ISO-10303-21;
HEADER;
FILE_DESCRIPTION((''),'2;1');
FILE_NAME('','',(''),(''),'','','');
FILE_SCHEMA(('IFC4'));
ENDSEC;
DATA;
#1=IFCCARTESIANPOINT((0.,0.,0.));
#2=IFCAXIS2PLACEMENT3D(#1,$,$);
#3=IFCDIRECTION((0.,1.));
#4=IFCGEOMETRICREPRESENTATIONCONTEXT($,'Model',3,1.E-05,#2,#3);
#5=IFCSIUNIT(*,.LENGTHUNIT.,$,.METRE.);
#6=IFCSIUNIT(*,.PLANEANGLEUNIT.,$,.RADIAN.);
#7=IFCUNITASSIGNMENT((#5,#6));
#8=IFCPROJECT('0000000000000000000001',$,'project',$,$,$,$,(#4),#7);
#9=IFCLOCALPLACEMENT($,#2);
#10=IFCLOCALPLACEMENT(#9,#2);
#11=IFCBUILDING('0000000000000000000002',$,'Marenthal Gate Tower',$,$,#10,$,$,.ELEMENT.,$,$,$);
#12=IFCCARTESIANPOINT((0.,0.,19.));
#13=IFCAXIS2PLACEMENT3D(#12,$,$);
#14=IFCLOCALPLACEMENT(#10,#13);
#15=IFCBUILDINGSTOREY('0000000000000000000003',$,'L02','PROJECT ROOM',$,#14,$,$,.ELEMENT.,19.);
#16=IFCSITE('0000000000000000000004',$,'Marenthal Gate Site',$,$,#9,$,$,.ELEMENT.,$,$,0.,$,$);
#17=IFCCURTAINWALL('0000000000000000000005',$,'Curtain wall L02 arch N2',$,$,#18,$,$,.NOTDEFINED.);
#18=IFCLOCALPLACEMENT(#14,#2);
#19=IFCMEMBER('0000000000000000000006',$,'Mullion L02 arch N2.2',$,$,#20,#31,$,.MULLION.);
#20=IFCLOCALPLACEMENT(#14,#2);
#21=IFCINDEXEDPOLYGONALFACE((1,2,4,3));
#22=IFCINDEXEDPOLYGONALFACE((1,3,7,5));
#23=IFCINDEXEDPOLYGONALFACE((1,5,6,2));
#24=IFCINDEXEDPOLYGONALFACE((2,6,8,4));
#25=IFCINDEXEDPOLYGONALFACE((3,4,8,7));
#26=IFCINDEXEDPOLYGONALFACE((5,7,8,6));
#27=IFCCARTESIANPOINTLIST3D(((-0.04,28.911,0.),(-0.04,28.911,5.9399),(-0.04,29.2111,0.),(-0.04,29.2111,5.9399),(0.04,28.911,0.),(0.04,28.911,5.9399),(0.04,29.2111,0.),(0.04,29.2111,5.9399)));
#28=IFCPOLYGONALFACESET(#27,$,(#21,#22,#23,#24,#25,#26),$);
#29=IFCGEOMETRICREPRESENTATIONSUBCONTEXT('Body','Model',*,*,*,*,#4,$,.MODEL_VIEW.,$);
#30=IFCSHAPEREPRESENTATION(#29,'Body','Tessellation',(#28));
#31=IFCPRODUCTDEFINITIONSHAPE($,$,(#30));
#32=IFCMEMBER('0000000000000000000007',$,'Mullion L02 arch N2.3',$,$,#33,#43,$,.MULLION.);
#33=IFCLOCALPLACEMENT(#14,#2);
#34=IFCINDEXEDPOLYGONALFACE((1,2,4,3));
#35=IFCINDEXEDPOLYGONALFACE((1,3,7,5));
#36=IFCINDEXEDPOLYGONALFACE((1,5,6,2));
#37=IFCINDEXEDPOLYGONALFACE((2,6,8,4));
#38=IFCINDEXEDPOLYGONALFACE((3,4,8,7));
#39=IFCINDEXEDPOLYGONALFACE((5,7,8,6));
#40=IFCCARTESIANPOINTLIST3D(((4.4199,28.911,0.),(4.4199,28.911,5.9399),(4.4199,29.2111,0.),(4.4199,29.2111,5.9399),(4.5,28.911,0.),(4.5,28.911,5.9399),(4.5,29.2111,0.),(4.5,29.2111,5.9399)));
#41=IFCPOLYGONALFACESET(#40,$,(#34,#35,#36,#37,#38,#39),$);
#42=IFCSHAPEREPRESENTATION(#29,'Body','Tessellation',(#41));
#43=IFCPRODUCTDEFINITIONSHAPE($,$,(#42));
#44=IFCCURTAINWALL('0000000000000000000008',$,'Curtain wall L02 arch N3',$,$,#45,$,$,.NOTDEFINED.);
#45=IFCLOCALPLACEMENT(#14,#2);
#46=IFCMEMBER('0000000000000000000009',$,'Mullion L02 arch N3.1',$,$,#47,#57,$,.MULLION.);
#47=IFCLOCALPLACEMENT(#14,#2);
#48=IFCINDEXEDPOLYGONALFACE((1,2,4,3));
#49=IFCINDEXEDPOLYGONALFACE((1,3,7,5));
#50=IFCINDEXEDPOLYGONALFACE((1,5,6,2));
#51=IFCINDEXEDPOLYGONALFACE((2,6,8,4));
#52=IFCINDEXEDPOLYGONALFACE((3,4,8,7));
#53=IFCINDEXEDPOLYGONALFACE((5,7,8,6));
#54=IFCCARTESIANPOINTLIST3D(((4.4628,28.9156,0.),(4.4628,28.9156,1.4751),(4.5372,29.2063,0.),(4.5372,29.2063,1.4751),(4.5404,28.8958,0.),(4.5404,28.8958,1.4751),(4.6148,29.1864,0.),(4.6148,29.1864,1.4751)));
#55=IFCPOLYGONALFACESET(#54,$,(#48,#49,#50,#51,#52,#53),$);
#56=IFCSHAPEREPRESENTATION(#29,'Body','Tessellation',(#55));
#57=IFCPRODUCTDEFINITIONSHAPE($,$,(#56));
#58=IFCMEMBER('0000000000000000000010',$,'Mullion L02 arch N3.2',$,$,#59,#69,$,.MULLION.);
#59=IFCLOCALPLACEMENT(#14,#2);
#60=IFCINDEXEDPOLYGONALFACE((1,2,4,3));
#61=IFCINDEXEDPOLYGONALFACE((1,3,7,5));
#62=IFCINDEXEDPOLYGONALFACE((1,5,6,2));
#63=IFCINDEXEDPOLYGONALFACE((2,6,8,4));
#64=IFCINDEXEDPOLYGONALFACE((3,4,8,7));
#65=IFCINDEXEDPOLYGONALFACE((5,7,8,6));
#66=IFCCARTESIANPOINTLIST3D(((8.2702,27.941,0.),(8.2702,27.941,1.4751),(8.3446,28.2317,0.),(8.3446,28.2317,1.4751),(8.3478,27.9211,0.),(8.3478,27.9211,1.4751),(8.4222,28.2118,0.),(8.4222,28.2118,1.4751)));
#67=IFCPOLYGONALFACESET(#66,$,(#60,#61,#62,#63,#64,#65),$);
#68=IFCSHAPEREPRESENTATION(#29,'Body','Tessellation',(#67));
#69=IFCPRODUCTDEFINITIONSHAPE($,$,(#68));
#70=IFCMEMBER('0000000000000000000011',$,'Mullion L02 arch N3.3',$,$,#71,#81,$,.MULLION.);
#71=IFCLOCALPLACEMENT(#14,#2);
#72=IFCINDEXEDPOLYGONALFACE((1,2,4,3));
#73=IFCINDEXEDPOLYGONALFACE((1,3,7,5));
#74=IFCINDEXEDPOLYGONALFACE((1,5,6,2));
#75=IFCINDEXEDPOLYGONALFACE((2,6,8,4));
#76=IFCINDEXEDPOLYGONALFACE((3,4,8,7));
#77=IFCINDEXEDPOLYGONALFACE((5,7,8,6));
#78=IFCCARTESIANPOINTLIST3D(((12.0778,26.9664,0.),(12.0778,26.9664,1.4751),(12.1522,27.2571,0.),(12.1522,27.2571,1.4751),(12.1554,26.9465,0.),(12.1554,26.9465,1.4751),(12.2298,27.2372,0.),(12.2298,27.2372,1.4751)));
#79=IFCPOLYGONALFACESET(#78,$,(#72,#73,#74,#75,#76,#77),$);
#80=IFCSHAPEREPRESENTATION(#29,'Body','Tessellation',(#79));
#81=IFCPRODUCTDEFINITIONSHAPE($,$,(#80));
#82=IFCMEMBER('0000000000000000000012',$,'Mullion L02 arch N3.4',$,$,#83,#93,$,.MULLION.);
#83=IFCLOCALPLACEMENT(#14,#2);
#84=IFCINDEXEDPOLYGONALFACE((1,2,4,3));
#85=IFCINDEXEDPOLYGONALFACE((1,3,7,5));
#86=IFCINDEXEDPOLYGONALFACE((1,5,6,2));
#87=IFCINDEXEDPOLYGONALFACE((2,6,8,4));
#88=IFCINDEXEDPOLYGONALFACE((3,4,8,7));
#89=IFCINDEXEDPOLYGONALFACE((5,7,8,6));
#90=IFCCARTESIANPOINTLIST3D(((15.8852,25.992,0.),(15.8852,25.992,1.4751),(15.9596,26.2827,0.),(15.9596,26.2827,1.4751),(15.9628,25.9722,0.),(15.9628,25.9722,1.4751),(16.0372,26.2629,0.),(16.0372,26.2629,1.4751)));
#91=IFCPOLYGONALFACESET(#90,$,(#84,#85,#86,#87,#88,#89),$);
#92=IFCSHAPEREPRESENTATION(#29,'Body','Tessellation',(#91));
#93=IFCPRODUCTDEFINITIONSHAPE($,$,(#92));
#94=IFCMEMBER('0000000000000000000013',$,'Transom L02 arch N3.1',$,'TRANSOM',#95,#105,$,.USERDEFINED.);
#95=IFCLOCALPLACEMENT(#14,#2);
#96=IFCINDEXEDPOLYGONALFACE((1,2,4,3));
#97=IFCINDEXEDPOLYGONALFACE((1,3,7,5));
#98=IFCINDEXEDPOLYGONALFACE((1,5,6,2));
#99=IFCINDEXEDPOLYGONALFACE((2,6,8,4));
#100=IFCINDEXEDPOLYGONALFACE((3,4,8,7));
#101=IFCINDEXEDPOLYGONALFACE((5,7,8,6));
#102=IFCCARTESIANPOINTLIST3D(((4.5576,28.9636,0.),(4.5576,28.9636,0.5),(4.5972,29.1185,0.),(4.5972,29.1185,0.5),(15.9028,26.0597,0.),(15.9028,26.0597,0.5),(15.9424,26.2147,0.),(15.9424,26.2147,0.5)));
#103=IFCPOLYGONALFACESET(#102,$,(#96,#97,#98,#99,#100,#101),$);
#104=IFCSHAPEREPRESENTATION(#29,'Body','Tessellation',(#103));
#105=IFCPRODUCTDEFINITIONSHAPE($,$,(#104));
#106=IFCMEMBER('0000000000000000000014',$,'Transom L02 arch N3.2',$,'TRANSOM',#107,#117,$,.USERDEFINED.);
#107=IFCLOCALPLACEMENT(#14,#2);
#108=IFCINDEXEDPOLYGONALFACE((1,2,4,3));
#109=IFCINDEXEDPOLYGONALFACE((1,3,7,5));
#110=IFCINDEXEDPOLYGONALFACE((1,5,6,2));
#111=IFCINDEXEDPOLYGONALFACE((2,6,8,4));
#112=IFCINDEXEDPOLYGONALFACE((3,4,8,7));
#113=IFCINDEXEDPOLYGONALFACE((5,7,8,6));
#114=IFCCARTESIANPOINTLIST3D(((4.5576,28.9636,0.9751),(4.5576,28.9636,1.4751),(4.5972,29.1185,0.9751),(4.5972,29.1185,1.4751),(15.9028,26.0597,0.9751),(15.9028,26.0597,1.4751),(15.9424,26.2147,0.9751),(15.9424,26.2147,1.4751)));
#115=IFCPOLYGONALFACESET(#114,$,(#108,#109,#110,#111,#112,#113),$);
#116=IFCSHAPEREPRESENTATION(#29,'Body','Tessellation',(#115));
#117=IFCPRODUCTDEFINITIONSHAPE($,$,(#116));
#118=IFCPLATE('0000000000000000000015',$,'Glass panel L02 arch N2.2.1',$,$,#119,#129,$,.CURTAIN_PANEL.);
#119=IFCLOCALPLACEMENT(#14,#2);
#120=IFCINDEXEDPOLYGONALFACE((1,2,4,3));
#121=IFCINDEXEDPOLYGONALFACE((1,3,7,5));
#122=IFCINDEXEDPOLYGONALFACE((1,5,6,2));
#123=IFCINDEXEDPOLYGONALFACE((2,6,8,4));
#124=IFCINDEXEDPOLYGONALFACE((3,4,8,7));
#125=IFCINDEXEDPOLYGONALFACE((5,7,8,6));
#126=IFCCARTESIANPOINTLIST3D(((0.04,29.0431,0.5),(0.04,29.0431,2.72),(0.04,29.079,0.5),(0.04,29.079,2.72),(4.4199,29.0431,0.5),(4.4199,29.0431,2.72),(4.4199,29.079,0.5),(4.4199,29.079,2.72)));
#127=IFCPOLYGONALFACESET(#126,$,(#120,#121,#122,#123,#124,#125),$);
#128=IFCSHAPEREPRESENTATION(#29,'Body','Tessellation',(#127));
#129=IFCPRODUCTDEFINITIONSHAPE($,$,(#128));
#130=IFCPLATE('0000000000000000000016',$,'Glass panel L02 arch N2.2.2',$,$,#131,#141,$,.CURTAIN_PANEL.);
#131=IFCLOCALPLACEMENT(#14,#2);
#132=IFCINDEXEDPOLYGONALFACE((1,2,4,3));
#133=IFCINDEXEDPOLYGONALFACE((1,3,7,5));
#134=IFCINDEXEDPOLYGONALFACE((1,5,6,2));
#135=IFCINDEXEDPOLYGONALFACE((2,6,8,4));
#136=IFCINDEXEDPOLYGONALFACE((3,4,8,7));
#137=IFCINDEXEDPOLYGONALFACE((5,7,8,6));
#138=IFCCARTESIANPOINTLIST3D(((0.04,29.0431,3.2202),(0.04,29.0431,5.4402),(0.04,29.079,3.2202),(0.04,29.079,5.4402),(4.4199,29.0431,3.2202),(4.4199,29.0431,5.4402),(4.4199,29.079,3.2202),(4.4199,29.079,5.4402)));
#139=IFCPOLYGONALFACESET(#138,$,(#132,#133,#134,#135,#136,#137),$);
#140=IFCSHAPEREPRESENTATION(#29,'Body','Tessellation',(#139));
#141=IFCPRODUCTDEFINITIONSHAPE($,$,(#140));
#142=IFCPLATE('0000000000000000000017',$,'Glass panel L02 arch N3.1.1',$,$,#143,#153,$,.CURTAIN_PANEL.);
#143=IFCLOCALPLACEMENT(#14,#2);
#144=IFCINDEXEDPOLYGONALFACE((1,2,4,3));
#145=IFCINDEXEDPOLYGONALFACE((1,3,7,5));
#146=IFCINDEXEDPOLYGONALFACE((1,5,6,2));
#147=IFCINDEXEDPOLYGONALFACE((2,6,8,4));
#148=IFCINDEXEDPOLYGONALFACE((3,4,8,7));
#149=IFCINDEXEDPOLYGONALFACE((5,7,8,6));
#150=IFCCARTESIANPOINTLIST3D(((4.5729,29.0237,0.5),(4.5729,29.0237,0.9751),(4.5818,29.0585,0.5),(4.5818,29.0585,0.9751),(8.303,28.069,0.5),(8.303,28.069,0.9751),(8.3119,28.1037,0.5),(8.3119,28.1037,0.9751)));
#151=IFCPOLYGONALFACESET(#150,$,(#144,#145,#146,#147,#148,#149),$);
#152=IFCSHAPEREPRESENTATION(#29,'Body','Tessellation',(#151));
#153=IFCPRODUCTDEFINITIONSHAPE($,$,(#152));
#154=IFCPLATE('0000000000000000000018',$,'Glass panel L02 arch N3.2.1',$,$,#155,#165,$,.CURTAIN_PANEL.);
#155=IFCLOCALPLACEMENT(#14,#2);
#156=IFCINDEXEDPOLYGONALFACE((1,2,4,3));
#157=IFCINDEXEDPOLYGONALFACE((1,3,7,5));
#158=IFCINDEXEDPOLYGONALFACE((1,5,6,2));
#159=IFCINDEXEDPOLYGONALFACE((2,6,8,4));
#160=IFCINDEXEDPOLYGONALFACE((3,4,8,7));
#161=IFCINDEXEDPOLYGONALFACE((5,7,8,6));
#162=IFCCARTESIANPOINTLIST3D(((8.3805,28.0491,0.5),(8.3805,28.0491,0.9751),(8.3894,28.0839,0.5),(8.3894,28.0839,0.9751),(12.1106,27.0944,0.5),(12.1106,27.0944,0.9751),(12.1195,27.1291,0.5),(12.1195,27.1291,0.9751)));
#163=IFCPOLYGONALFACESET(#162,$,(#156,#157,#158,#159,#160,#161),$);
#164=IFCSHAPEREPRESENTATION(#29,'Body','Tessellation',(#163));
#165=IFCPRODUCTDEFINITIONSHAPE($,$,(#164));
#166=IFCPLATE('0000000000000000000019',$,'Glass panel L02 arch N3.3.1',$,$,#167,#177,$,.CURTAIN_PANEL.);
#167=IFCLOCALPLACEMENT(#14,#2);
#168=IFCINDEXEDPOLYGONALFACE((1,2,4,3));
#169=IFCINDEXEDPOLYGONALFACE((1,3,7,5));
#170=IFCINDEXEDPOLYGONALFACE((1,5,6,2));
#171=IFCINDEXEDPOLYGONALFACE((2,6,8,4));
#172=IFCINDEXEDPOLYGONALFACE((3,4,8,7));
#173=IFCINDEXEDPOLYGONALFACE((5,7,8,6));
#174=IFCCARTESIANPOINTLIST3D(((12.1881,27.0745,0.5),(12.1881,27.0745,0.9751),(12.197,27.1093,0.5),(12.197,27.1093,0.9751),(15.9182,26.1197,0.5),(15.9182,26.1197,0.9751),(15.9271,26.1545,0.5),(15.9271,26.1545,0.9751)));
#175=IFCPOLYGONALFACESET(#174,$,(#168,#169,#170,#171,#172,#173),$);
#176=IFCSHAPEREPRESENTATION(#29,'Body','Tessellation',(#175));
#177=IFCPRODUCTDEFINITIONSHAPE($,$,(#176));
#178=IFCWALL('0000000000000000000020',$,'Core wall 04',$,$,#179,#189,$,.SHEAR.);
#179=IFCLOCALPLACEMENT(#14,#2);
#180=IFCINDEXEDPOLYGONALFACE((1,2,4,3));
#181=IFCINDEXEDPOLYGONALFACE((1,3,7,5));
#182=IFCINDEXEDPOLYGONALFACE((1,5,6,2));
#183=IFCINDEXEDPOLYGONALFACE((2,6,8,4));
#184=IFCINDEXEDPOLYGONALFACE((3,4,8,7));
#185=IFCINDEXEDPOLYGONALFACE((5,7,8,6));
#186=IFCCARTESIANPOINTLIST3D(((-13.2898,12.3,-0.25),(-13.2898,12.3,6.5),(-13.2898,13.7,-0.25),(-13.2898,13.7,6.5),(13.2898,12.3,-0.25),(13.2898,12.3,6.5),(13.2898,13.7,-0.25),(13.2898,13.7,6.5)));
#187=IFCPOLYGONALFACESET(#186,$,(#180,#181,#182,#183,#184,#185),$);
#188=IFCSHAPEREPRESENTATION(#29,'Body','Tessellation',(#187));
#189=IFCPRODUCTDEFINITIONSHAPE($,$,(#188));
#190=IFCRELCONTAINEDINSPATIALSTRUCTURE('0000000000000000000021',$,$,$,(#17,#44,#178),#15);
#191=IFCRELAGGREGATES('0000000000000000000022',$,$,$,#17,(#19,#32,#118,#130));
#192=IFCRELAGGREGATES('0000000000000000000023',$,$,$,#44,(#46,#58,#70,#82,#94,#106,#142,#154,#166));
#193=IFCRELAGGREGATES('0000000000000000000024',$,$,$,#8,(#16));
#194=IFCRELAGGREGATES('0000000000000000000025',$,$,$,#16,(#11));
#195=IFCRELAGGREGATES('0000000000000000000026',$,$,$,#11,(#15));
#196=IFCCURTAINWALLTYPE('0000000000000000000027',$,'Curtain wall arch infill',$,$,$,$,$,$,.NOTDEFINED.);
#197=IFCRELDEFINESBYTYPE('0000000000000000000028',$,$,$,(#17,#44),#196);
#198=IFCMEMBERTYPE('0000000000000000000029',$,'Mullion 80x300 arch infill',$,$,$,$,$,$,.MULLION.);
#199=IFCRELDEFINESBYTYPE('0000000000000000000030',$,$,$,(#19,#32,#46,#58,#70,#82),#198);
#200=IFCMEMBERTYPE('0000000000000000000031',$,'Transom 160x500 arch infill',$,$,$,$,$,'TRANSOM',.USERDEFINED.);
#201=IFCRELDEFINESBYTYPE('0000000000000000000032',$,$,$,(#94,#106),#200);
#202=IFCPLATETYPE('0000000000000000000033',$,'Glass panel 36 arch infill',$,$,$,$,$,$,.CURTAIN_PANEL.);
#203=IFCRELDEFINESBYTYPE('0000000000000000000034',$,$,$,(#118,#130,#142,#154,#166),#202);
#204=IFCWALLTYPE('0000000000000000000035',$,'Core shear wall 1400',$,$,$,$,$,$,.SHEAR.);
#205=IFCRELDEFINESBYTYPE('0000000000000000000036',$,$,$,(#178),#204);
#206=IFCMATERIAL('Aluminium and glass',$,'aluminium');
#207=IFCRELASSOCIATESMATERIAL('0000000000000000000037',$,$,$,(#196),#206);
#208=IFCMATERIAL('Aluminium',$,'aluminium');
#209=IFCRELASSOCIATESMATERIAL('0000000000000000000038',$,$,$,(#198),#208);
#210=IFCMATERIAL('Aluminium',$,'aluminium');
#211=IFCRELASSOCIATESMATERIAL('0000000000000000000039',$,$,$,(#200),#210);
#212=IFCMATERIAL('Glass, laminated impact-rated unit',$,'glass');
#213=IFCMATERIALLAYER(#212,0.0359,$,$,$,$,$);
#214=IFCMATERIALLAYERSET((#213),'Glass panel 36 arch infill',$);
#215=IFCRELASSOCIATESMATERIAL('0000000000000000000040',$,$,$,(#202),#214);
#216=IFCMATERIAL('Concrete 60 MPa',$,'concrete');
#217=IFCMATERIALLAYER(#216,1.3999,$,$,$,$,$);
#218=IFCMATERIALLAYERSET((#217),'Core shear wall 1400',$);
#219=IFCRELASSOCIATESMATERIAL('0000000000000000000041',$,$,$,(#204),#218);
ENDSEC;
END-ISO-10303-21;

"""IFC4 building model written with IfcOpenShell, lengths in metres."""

from ifc_helpers import new_model, si_unit, direction, frame, frame_2d, origin, origin_2d, place, context, subcontext, project, spatial, rectangle, extrude, material, layer, layer_set, material_profile, profile_set, type_object, element, aggregate, save


model = new_model("IFC4")

# Units and contexts
model_context = context("Model", 3, precision=1e-05, world=origin(), true_north=direction((0.0, 1.0)))
body_context = subcontext(model_context, "Body", "Model", "MODEL_VIEW")
ifc_project = project(units=[si_unit("LENGTHUNIT", "METRE"), si_unit("PLANEANGLEUNIT", "RADIAN")], contexts=[model_context])

# Site, building, storey
site_placement = place(None, origin())
site = spatial("IfcSite", under=ifc_project, at=site_placement, Name="Marenthal Gate Site", CompositionType="ELEMENT", RefElevation=0.0)
building_placement = place(site_placement, origin())
building = spatial("IfcBuilding", under=site, at=building_placement, Name="Marenthal Gate Tower", CompositionType="ELEMENT")
storey_placement = place(building_placement, frame((0.0, 0.0, 19.0)))
storey = spatial("IfcBuildingStorey", under=building, at=storey_placement, Name="L02", Description="PROJECT ROOM", CompositionType="ELEMENT", Elevation=19.0)

# Curtain walls, members
ifc_material_1 = material(Name="Aluminium and glass", Category="aluminium")
curtain_wall_type = type_object("IfcCurtainWallType", Name="Curtain wall arch infill", PredefinedType="NOTDEFINED", material=ifc_material_1)
curtain_wall_1_placement = place(storey_placement, origin())
curtain_wall_1 = element("IfcCurtainWall", 1, at=curtain_wall_1_placement, inside=storey, type_object=curtain_wall_type, Name="Curtain wall L02 arch N2", PredefinedType="NOTDEFINED")
ifc_material_2 = material(Name="Aluminium", Category="aluminium")
ifc_material_profile_1 = material_profile(ifc_material_2, rectangle(XDim=0.3, YDim=0.0801, at=origin_2d()), Name="80x300 aluminium mullion")
ifc_profile_set_1 = profile_set([ifc_material_profile_1], Name="Aluminium")
member_type_1 = type_object("IfcMemberType", Name="Mullion 80x300 arch infill", PredefinedType="MULLION", material=ifc_profile_set_1)
member_1_placement = place(storey_placement, frame((0.0, 29.061, 0.0), z_axis=(0.0, 0.0, 1.0), x_axis=(0.0, 1.0, 0.0)))
member_1 = element("IfcMember", 2, at=member_1_placement, type_object=member_type_1, Name="Mullion L02 arch N2.2", PredefinedType="MULLION", context=body_context, shape_type="SweptSolid", body=[
    extrude(rectangle(XDim=0.3, YDim=0.0801, at=origin_2d()), origin(), (0.0, 0.0, 1.0), 5.9399),
])
member_2_placement = place(storey_placement, frame((4.46, 29.061, 0.0), z_axis=(0.0, 0.0, 1.0), x_axis=(0.0, 1.0, 0.0)))
member_2 = element("IfcMember", 3, at=member_2_placement, type_object=member_type_1, Name="Mullion L02 arch N2.3", PredefinedType="MULLION", context=body_context, shape_type="SweptSolid", body=[
    extrude(rectangle(XDim=0.3, YDim=0.0801, at=origin_2d()), origin(), (0.0, 0.0, 1.0), 5.9399),
])
curtain_wall_2_placement = place(storey_placement, origin())
curtain_wall_2 = element("IfcCurtainWall", 4, at=curtain_wall_2_placement, inside=storey, type_object=curtain_wall_type, Name="Curtain wall L02 arch N3", PredefinedType="NOTDEFINED")
member_3_placement = place(storey_placement, frame((4.5388, 29.051, 0.0), z_axis=(0.0, 0.0, 1.0), x_axis=(0.247965, 0.968769, 0.0)))
member_3 = element("IfcMember", 5, at=member_3_placement, type_object=member_type_1, Name="Mullion L02 arch N3.1", PredefinedType="MULLION", context=body_context, shape_type="SweptSolid", body=[
    extrude(rectangle(XDim=0.3, YDim=0.0801, at=origin_2d()), origin(), (0.0, 0.0, 1.0), 1.4751),
])
member_4_placement = place(storey_placement, frame((8.3462, 28.0764, 0.0), z_axis=(0.0, 0.0, 1.0), x_axis=(0.247965, 0.968769, 0.0)))
member_4 = element("IfcMember", 6, at=member_4_placement, type_object=member_type_1, Name="Mullion L02 arch N3.2", PredefinedType="MULLION", context=body_context, shape_type="SweptSolid", body=[
    extrude(rectangle(XDim=0.3, YDim=0.0801, at=origin_2d()), origin(), (0.0, 0.0, 1.0), 1.4751),
])
member_5_placement = place(storey_placement, frame((12.1538, 27.1018, 0.0), z_axis=(0.0, 0.0, 1.0), x_axis=(0.247965, 0.968769, 0.0)))
member_5 = element("IfcMember", 7, at=member_5_placement, type_object=member_type_1, Name="Mullion L02 arch N3.3", PredefinedType="MULLION", context=body_context, shape_type="SweptSolid", body=[
    extrude(rectangle(XDim=0.3, YDim=0.0801, at=origin_2d()), origin(), (0.0, 0.0, 1.0), 1.4751),
])
member_6_placement = place(storey_placement, frame((15.9612, 26.1274, 0.0), z_axis=(0.0, 0.0, 1.0), x_axis=(0.247965, 0.968769, 0.0)))
member_6 = element("IfcMember", 8, at=member_6_placement, type_object=member_type_1, Name="Mullion L02 arch N3.4", PredefinedType="MULLION", context=body_context, shape_type="SweptSolid", body=[
    extrude(rectangle(XDim=0.3, YDim=0.0801, at=origin_2d()), origin(), (0.0, 0.0, 1.0), 1.4751),
])
ifc_material_3 = material(Name="Aluminium", Category="aluminium")
ifc_material_profile_2 = material_profile(ifc_material_3, rectangle(XDim=0.1599, YDim=0.5, at=origin_2d()), Name="160x500 aluminium transom")
ifc_profile_set_2 = profile_set([ifc_material_profile_2], Name="Aluminium")
member_type_2 = type_object("IfcMemberType", Name="Transom 160x500 arch infill", ElementType="TRANSOM", PredefinedType="USERDEFINED", material=ifc_profile_set_2)
member_7_placement = place(storey_placement, frame((4.5774, 29.041, 0.25), z_axis=(0.968771, -0.247957, 0.0), x_axis=(0.247957, 0.968771, 0.0)))
member_7 = element("IfcMember", 9, at=member_7_placement, type_object=member_type_2, Name="Transom L02 arch N3.1", ObjectType="TRANSOM", PredefinedType="USERDEFINED", context=body_context, shape_type="SweptSolid", body=[
    extrude(rectangle(XDim=0.1599, YDim=0.5, at=origin_2d()), origin(), (0.0, 0.0, 1.0), 11.7109),
])
member_8_placement = place(storey_placement, frame((4.5774, 29.041, 1.2251), z_axis=(0.968771, -0.247957, 0.0), x_axis=(0.247957, 0.968771, 0.0)))
member_8 = element("IfcMember", 10, at=member_8_placement, type_object=member_type_2, Name="Transom L02 arch N3.2", ObjectType="TRANSOM", PredefinedType="USERDEFINED", context=body_context, shape_type="SweptSolid", body=[
    extrude(rectangle(XDim=0.1599, YDim=0.5, at=origin_2d()), origin(), (0.0, 0.0, 1.0), 11.7109),
])

# Plates
ifc_material_4 = material(Name="Glass, laminated impact-rated unit", Category="glass")
ifc_layer_1 = layer(ifc_material_4, 0.0359)
ifc_layer_set_1 = layer_set([ifc_layer_1], Name="Glass panel 36 arch infill")
plate_type = type_object("IfcPlateType", Name="Glass panel 36 arch infill", PredefinedType="CURTAIN_PANEL", material=ifc_layer_set_1)
plate_1_placement = place(storey_placement, frame((2.23, 29.061, 0.5), z_axis=(0.0, 0.0, 1.0), x_axis=(1.0, 0.0, 0.0)))
plate_1 = element("IfcPlate", 11, at=plate_1_placement, type_object=plate_type, Name="Glass panel L02 arch N2.2.1", PredefinedType="CURTAIN_PANEL", context=body_context, shape_type="SweptSolid", body=[
    extrude(rectangle(XDim=4.3799, YDim=0.0359, at=origin_2d()), origin(), (0.0, 0.0, 1.0), 2.22),
])
plate_2_placement = place(storey_placement, frame((2.23, 29.061, 3.2202), z_axis=(0.0, 0.0, 1.0), x_axis=(1.0, 0.0, 0.0)))
plate_2 = element("IfcPlate", 12, at=plate_2_placement, type_object=plate_type, Name="Glass panel L02 arch N2.2.2", PredefinedType="CURTAIN_PANEL", context=body_context, shape_type="SweptSolid", body=[
    extrude(rectangle(XDim=4.3799, YDim=0.0359, at=origin_2d()), origin(), (0.0, 0.0, 1.0), 2.22),
])
aggregate(curtain_wall_1, [member_1, member_2, plate_1, plate_2])
plate_3_placement = place(storey_placement, frame((6.4424, 28.5637, 0.5), z_axis=(0.0, 0.0, 1.0), x_axis=(0.968769, -0.247965, 0.0)))
plate_3 = element("IfcPlate", 13, at=plate_3_placement, type_object=plate_type, Name="Glass panel L02 arch N3.1.1", PredefinedType="CURTAIN_PANEL", context=body_context, shape_type="SweptSolid", body=[
    extrude(rectangle(XDim=3.8503, YDim=0.0359, at=origin_2d()), origin(), (0.0, 0.0, 1.0), 0.4751),
])
plate_4_placement = place(storey_placement, frame((10.25, 27.5891, 0.5), z_axis=(0.0, 0.0, 1.0), x_axis=(0.968769, -0.247965, 0.0)))
plate_4 = element("IfcPlate", 14, at=plate_4_placement, type_object=plate_type, Name="Glass panel L02 arch N3.2.1", PredefinedType="CURTAIN_PANEL", context=body_context, shape_type="SweptSolid", body=[
    extrude(rectangle(XDim=3.8503, YDim=0.0359, at=origin_2d()), origin(), (0.0, 0.0, 1.0), 0.4751),
])
plate_5_placement = place(storey_placement, frame((14.0576, 26.6145, 0.5), z_axis=(0.0, 0.0, 1.0), x_axis=(0.968769, -0.247965, 0.0)))
plate_5 = element("IfcPlate", 15, at=plate_5_placement, type_object=plate_type, Name="Glass panel L02 arch N3.3.1", PredefinedType="CURTAIN_PANEL", context=body_context, shape_type="SweptSolid", body=[
    extrude(rectangle(XDim=3.8503, YDim=0.0359, at=origin_2d()), origin(), (0.0, 0.0, 1.0), 0.4751),
])
aggregate(curtain_wall_2, [member_3, member_4, member_5, member_6, member_7, member_8, plate_3, plate_4, plate_5])

# Wall
ifc_material_5 = material(Name="Concrete 60 MPa", Category="concrete")
ifc_layer_2 = layer(ifc_material_5, 1.3999)
ifc_layer_set_2 = layer_set([ifc_layer_2], Name="Core shear wall 1400")
wall_type = type_object("IfcWallType", Name="Core shear wall 1400", PredefinedType="SHEAR", material=ifc_layer_set_2)
wall_placement = place(storey_placement, frame((13.2898, 13.0, -0.25), z_axis=(0.0, 0.0, 1.0), x_axis=(-1.0, 0.0, 0.0)))
element("IfcWall", 16, at=wall_placement, inside=storey, type_object=wall_type, Name="Core wall 04", PredefinedType="SHEAR", context=body_context, shape_type="SweptSolid", body=[
    extrude(rectangle(XDim=26.5796, YDim=1.3999, at=frame_2d((13.2898, 0.0))), origin(), (0.0, 0.0, 1.0), 6.75),
])

save(model, "model.ifc")
